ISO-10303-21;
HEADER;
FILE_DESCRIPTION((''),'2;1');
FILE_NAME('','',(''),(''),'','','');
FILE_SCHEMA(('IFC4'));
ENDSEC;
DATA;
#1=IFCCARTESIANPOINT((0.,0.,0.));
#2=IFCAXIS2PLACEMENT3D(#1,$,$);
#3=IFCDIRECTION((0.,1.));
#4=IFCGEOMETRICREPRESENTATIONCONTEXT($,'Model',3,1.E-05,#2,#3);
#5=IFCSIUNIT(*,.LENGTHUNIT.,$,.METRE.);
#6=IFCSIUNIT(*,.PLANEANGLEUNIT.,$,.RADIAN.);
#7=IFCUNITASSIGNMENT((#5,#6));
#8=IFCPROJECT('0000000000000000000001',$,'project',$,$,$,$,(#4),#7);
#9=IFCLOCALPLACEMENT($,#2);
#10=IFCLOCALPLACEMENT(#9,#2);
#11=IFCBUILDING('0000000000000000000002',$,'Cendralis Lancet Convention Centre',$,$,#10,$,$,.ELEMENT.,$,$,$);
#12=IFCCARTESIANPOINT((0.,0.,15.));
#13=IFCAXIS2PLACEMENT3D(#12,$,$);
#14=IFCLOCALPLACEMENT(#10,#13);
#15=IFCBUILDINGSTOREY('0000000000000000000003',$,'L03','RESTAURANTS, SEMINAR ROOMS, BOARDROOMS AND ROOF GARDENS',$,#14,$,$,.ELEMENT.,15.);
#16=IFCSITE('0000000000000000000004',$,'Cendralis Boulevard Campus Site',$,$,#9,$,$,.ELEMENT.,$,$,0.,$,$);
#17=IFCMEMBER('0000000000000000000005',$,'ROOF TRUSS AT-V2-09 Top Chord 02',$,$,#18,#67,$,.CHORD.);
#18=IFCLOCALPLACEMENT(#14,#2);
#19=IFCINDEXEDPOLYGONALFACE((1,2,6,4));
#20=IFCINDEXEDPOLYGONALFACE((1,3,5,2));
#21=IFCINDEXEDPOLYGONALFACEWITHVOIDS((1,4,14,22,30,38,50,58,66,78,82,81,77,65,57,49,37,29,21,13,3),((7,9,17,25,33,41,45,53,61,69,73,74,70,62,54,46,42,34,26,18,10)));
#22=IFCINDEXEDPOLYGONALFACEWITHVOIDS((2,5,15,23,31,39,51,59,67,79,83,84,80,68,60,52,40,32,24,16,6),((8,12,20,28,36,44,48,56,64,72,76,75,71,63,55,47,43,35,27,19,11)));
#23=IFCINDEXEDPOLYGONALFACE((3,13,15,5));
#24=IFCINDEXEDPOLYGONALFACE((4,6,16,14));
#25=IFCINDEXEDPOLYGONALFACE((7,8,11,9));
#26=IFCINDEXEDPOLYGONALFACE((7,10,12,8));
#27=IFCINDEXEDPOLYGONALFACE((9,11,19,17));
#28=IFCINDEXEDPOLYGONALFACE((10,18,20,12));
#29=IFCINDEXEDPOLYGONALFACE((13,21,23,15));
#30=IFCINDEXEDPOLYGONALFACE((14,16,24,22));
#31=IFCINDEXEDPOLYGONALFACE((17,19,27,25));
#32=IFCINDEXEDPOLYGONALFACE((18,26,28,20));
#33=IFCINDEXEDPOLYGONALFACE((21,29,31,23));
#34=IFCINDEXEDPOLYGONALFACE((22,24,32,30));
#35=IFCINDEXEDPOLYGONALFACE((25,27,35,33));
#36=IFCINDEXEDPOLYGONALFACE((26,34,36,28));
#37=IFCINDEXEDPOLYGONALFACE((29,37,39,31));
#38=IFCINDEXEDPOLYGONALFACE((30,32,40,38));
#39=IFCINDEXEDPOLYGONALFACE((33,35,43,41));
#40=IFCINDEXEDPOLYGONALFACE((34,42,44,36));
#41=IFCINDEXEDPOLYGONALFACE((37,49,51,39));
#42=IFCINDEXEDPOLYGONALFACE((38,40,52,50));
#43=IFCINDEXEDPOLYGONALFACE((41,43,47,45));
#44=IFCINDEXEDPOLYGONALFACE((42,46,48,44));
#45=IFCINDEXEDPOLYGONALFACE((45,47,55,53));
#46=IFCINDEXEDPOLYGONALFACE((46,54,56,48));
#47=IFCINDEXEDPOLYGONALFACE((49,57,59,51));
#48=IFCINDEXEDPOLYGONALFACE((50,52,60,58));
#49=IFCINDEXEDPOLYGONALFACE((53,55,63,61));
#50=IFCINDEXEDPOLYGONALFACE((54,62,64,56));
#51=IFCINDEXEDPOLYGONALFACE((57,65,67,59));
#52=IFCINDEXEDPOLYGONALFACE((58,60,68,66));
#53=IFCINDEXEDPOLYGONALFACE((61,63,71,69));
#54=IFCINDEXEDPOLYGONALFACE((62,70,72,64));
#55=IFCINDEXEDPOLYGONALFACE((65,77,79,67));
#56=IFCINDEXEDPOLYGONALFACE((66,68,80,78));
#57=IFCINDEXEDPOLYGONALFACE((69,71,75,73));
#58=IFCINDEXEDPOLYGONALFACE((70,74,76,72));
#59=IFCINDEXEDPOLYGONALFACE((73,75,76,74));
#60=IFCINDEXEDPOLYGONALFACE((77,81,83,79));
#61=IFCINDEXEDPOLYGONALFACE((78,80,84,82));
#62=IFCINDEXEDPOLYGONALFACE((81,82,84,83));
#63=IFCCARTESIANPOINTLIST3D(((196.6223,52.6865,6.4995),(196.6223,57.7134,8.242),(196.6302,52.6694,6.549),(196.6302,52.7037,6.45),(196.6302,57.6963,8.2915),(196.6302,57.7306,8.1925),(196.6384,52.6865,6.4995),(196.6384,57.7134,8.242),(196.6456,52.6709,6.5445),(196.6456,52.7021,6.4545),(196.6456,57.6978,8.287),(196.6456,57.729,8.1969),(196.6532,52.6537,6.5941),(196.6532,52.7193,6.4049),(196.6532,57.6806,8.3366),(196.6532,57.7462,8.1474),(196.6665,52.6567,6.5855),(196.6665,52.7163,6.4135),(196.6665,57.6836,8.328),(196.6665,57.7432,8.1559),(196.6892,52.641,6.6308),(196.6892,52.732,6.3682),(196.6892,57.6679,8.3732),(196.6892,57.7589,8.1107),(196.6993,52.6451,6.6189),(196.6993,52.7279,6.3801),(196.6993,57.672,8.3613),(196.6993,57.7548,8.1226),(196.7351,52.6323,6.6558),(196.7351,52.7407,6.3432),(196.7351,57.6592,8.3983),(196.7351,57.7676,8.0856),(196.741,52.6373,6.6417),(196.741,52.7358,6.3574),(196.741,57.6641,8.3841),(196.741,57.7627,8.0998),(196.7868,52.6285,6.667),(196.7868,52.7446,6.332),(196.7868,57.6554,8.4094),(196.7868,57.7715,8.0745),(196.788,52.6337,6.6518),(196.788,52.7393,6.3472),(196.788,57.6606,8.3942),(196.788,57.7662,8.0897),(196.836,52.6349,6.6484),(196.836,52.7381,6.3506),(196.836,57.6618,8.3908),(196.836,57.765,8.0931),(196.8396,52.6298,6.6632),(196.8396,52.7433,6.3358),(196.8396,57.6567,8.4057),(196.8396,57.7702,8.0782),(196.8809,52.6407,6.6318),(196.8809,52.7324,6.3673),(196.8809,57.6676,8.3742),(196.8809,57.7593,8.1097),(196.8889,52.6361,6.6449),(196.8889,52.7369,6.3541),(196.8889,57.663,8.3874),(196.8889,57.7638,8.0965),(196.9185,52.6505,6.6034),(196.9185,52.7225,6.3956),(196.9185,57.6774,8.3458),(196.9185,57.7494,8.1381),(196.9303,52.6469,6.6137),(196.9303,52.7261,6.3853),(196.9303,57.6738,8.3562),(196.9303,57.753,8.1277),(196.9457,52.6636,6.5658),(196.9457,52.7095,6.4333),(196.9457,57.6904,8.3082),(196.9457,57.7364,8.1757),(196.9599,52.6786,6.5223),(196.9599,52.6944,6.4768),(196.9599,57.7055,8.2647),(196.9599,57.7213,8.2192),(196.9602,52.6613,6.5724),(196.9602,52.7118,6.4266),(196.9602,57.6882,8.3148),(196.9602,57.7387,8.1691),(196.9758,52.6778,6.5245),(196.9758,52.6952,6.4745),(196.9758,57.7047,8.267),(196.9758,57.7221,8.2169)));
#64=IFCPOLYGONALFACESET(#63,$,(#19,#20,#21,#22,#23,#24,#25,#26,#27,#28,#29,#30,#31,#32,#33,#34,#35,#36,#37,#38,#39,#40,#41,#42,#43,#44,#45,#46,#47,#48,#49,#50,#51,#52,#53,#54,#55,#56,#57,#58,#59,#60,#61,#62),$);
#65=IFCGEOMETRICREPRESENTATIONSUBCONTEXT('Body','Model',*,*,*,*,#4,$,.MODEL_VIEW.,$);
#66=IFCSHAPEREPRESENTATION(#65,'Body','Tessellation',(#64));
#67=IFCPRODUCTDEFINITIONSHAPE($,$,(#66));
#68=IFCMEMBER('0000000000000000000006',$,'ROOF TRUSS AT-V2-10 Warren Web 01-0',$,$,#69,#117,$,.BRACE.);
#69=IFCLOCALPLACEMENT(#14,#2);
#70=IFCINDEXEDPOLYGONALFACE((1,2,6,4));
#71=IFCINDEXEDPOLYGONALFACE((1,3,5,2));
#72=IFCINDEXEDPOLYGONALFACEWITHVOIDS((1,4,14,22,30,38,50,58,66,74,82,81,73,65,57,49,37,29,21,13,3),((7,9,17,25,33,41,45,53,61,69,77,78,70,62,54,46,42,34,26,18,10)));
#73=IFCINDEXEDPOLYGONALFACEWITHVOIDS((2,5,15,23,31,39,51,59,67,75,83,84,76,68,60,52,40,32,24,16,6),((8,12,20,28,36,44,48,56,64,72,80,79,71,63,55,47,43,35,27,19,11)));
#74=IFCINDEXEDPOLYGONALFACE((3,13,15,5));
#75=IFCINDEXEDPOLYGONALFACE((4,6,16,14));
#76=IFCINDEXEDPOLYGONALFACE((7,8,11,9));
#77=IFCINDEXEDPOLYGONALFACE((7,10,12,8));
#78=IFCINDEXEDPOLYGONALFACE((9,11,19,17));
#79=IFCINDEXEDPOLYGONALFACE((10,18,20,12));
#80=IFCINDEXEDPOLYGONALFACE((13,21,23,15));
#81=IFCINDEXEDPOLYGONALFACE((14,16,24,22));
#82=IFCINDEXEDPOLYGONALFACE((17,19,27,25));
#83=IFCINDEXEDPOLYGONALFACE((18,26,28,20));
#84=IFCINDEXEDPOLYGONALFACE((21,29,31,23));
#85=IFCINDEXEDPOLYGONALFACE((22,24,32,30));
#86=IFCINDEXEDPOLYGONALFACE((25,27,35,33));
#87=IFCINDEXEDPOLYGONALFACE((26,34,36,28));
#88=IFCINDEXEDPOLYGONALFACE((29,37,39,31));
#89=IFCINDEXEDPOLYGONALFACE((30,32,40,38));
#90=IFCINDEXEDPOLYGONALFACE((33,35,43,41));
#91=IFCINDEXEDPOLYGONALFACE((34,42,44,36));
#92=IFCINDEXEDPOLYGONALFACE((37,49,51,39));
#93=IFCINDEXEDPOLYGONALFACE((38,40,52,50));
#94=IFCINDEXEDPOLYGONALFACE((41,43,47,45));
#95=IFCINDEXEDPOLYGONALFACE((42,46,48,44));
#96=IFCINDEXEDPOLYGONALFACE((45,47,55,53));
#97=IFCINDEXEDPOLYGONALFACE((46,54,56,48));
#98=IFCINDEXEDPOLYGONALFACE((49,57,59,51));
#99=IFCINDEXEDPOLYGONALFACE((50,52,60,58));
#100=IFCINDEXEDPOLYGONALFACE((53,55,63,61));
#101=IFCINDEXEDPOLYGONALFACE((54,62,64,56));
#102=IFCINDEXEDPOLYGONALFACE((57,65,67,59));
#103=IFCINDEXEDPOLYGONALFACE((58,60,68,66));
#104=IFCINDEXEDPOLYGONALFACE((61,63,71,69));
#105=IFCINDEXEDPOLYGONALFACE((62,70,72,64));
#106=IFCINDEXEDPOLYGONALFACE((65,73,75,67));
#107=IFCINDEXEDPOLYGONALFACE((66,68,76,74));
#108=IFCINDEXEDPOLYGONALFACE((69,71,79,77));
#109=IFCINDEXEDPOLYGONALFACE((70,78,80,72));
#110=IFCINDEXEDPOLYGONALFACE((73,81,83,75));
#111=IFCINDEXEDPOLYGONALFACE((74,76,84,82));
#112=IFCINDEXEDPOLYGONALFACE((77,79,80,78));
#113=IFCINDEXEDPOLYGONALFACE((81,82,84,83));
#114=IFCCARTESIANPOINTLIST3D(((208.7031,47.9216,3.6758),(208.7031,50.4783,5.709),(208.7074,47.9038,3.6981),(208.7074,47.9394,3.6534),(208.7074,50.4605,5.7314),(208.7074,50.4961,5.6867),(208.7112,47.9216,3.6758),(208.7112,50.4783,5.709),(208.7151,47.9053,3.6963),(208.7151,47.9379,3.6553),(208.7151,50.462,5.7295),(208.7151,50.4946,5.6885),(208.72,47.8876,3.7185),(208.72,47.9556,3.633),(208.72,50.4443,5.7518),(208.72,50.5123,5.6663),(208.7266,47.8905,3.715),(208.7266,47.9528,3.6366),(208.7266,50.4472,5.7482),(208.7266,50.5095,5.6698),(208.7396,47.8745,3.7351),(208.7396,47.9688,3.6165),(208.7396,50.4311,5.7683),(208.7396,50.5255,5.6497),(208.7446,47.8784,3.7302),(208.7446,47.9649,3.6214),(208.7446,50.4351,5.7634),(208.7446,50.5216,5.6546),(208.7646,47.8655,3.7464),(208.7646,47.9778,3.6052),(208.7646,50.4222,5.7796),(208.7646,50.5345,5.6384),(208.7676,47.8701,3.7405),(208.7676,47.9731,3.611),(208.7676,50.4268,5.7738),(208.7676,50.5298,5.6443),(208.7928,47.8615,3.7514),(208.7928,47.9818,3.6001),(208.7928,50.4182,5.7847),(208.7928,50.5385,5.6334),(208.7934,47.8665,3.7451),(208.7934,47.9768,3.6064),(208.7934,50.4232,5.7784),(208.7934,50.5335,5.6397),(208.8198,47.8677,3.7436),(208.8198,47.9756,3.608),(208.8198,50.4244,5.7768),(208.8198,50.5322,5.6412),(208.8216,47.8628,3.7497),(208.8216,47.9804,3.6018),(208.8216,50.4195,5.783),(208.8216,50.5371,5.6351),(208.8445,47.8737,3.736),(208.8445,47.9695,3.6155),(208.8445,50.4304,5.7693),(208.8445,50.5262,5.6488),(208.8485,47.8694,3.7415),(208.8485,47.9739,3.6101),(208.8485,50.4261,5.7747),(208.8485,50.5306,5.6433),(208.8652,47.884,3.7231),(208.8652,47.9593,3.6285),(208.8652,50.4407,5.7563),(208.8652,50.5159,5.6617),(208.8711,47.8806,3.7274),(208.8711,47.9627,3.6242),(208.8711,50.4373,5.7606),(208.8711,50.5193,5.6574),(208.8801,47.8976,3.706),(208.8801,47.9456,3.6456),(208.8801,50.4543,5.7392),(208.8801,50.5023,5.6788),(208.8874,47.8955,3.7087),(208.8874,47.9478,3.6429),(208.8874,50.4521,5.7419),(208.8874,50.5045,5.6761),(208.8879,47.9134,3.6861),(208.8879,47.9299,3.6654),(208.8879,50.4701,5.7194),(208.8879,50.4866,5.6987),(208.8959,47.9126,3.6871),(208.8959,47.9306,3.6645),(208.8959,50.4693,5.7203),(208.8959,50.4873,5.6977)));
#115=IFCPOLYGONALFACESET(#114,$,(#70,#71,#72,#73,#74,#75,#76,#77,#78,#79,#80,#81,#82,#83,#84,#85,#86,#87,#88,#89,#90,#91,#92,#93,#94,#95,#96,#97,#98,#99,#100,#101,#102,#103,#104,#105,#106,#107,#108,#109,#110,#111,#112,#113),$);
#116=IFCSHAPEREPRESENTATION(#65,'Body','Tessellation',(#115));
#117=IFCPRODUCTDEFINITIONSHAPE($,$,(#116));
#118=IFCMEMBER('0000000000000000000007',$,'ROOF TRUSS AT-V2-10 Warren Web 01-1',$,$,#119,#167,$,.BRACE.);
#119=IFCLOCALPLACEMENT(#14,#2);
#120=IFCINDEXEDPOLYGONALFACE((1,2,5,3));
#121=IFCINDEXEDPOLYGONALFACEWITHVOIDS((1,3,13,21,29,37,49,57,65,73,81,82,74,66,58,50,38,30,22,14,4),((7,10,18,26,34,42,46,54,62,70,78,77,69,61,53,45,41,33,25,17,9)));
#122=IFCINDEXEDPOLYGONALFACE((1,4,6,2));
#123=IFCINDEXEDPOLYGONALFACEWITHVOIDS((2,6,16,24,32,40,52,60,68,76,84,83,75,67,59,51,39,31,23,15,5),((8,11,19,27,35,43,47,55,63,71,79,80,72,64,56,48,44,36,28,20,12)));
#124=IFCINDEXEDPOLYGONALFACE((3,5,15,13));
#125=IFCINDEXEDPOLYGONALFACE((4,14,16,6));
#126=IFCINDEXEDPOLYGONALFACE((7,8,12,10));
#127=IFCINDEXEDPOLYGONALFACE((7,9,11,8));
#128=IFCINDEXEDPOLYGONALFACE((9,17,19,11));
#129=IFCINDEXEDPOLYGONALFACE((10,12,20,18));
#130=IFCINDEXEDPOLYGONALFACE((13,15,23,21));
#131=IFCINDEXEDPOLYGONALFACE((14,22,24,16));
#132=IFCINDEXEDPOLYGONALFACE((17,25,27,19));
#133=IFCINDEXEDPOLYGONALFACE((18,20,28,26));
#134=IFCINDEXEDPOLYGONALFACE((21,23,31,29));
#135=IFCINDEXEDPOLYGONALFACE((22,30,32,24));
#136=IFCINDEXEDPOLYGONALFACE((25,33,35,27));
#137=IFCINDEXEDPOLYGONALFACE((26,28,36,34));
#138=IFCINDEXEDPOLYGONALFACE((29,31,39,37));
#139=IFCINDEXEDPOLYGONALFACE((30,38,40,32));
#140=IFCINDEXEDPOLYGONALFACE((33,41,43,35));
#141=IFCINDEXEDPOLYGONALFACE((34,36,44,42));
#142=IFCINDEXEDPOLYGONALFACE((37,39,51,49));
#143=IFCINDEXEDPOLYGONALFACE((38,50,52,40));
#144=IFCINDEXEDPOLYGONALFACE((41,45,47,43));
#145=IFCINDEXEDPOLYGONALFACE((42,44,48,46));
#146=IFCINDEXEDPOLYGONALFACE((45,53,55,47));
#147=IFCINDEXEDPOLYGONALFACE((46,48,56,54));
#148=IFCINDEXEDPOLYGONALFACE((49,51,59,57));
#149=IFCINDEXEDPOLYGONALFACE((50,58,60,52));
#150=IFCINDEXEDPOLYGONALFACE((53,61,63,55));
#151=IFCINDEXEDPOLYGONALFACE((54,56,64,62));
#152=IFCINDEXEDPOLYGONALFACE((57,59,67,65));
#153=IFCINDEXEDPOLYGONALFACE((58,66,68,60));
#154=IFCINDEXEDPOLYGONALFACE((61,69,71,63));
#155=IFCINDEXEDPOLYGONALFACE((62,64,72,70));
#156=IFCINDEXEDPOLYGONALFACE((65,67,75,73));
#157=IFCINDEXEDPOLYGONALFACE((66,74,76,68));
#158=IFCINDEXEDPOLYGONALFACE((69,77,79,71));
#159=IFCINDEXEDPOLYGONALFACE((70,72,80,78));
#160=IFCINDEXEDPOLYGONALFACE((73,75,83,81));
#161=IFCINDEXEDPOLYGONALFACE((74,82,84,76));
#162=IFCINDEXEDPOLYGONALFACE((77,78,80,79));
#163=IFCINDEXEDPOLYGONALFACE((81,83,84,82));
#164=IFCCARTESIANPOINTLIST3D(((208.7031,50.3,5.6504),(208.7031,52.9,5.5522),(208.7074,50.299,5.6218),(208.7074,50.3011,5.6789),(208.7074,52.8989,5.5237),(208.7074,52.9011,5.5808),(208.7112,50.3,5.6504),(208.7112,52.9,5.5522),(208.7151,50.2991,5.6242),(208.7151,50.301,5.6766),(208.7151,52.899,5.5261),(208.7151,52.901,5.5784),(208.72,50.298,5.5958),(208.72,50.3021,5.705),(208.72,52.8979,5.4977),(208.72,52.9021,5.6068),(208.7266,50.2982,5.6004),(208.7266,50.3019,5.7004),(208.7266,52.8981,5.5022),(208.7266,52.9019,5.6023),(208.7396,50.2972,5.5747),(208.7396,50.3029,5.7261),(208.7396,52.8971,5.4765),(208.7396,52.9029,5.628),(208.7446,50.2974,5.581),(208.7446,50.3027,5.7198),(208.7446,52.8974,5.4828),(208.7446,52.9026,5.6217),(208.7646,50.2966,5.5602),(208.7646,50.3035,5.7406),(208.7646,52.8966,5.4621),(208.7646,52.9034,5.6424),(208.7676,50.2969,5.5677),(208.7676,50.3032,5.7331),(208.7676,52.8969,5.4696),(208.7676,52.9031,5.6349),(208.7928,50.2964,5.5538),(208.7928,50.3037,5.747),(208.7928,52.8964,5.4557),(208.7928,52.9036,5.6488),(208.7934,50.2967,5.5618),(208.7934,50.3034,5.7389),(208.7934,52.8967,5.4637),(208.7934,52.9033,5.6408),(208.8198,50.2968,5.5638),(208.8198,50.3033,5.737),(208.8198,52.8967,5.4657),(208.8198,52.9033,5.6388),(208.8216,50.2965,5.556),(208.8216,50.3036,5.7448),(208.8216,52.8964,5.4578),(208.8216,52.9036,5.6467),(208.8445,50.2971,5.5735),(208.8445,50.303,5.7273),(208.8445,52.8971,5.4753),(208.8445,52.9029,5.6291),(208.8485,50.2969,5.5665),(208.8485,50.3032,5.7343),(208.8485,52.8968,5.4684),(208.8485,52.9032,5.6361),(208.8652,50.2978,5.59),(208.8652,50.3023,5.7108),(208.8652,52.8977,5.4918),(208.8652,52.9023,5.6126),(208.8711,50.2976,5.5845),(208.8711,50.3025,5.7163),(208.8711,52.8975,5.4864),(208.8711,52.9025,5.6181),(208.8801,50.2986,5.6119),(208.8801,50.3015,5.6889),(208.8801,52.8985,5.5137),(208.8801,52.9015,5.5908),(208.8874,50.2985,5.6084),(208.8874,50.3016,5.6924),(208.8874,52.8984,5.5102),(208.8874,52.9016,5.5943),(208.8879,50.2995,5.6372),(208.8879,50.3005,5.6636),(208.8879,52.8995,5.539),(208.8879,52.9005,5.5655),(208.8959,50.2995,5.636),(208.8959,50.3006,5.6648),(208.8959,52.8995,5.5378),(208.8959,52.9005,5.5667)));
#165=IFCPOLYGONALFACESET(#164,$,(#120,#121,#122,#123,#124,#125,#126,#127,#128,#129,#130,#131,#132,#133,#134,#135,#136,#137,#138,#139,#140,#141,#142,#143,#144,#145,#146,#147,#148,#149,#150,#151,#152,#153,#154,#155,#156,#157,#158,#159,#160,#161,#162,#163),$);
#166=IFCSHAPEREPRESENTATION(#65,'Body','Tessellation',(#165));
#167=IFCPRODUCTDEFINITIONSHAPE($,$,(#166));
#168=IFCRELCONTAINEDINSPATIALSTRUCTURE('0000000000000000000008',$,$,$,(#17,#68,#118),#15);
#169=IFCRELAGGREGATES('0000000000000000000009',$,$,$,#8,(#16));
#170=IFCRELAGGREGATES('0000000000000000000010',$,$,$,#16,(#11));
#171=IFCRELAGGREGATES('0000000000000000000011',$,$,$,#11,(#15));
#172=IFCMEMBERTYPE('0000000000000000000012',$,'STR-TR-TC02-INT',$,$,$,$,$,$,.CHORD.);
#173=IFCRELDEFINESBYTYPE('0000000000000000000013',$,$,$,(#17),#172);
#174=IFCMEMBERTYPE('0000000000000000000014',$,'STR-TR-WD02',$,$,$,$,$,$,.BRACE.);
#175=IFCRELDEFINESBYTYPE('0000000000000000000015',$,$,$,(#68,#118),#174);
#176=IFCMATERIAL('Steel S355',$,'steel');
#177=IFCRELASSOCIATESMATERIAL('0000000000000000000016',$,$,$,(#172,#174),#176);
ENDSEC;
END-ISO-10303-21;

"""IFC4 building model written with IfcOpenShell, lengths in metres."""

from ifc_helpers import new_model, si_unit, direction, frame, origin, origin_2d, place, context, subcontext, project, spatial, hollow_circle, extrude, material, material_profile, profile_set, type_object, element, save


model = new_model("IFC4")

# Units and contexts
model_context = context("Model", 3, precision=1e-05, world=origin(), true_north=direction((0.0, 1.0)))
body_context = subcontext(model_context, "Body", "Model", "MODEL_VIEW")
ifc_project = project(units=[si_unit("LENGTHUNIT", "METRE"), si_unit("PLANEANGLEUNIT", "RADIAN")], contexts=[model_context])

# Site, building, storey
site_placement = place(None, origin())
site = spatial("IfcSite", under=ifc_project, at=site_placement, Name="Cendralis Boulevard Campus Site", CompositionType="ELEMENT", RefElevation=0.0)
building_placement = place(site_placement, origin())
building = spatial("IfcBuilding", under=site, at=building_placement, Name="Cendralis Lancet Convention Centre", CompositionType="ELEMENT")
storey_placement = place(building_placement, frame((0.0, 0.0, 15.0)))
storey = spatial("IfcBuildingStorey", under=building, at=storey_placement, Name="L03", Description="RESTAURANTS, SEMINAR ROOMS, BOARDROOMS AND ROOF GARDENS", CompositionType="ELEMENT", Elevation=15.0)

# Shared definitions
ifc_material_1 = material(Name="Steel S355", Category="steel")

# Members
ifc_material_profile_1 = material_profile(ifc_material_1, hollow_circle(Radius=0.1777, WallThickness=0.0161, at=origin_2d()), Name="CHS 355.6x16.0")
ifc_profile_set_1 = profile_set([ifc_material_profile_1], Name="Steel S355")
member_type_1 = type_object("IfcMemberType", Name="STR-TR-TC02-INT", PredefinedType="CHORD", material=ifc_profile_set_1)
member_1_placement = place(storey_placement, frame((196.8, 52.6865, 6.4995), z_axis=(0.0, 0.944849, 0.327508), x_axis=(-1.0, 0.0, 0.0)))
element("IfcMember", 1, at=member_1_placement, inside=storey, type_object=member_type_1, Name="ROOF TRUSS AT-V2-09 Top Chord 02", PredefinedType="CHORD", context=body_context, shape_type="SweptSolid", body=[
    extrude(hollow_circle(Radius=0.1777, WallThickness=0.0161, at=origin_2d()), origin(), (0.0, 0.0, 1.0), 5.3203),
])
ifc_material_profile_2 = material_profile(ifc_material_1, hollow_circle(Radius=0.0969, WallThickness=0.0081, at=origin_2d()), Name="CHS 193.7x8.0")
ifc_profile_set_2 = profile_set([ifc_material_profile_2], Name="Steel S355")
member_type_2 = type_object("IfcMemberType", Name="STR-TR-WD02", PredefinedType="BRACE", material=ifc_profile_set_2)
member_2_placement = place(storey_placement, frame((208.8, 47.9216, 3.6758), z_axis=(0.0, 0.782674, 0.622432), x_axis=(-1.0, 0.0, 0.0)))
element("IfcMember", 2, at=member_2_placement, inside=storey, type_object=member_type_2, Name="ROOF TRUSS AT-V2-10 Warren Web 01-0", PredefinedType="BRACE", context=body_context, shape_type="SweptSolid", body=[
    extrude(hollow_circle(Radius=0.0969, WallThickness=0.0081, at=origin_2d()), origin(), (0.0, 0.0, 1.0), 3.2666),
])
member_3_placement = place(storey_placement, frame((208.8, 50.3, 5.6504), z_axis=(0.0, 0.999288, -0.037723), x_axis=(-1.0, 0.0, 0.0)))
element("IfcMember", 3, at=member_3_placement, inside=storey, type_object=member_type_2, Name="ROOF TRUSS AT-V2-10 Warren Web 01-1", PredefinedType="BRACE", context=body_context, shape_type="SweptSolid", body=[
    extrude(hollow_circle(Radius=0.0969, WallThickness=0.0081, at=origin_2d()), origin(), (0.0, 0.0, 1.0), 2.6018),
])

save(model, "model.ifc")
